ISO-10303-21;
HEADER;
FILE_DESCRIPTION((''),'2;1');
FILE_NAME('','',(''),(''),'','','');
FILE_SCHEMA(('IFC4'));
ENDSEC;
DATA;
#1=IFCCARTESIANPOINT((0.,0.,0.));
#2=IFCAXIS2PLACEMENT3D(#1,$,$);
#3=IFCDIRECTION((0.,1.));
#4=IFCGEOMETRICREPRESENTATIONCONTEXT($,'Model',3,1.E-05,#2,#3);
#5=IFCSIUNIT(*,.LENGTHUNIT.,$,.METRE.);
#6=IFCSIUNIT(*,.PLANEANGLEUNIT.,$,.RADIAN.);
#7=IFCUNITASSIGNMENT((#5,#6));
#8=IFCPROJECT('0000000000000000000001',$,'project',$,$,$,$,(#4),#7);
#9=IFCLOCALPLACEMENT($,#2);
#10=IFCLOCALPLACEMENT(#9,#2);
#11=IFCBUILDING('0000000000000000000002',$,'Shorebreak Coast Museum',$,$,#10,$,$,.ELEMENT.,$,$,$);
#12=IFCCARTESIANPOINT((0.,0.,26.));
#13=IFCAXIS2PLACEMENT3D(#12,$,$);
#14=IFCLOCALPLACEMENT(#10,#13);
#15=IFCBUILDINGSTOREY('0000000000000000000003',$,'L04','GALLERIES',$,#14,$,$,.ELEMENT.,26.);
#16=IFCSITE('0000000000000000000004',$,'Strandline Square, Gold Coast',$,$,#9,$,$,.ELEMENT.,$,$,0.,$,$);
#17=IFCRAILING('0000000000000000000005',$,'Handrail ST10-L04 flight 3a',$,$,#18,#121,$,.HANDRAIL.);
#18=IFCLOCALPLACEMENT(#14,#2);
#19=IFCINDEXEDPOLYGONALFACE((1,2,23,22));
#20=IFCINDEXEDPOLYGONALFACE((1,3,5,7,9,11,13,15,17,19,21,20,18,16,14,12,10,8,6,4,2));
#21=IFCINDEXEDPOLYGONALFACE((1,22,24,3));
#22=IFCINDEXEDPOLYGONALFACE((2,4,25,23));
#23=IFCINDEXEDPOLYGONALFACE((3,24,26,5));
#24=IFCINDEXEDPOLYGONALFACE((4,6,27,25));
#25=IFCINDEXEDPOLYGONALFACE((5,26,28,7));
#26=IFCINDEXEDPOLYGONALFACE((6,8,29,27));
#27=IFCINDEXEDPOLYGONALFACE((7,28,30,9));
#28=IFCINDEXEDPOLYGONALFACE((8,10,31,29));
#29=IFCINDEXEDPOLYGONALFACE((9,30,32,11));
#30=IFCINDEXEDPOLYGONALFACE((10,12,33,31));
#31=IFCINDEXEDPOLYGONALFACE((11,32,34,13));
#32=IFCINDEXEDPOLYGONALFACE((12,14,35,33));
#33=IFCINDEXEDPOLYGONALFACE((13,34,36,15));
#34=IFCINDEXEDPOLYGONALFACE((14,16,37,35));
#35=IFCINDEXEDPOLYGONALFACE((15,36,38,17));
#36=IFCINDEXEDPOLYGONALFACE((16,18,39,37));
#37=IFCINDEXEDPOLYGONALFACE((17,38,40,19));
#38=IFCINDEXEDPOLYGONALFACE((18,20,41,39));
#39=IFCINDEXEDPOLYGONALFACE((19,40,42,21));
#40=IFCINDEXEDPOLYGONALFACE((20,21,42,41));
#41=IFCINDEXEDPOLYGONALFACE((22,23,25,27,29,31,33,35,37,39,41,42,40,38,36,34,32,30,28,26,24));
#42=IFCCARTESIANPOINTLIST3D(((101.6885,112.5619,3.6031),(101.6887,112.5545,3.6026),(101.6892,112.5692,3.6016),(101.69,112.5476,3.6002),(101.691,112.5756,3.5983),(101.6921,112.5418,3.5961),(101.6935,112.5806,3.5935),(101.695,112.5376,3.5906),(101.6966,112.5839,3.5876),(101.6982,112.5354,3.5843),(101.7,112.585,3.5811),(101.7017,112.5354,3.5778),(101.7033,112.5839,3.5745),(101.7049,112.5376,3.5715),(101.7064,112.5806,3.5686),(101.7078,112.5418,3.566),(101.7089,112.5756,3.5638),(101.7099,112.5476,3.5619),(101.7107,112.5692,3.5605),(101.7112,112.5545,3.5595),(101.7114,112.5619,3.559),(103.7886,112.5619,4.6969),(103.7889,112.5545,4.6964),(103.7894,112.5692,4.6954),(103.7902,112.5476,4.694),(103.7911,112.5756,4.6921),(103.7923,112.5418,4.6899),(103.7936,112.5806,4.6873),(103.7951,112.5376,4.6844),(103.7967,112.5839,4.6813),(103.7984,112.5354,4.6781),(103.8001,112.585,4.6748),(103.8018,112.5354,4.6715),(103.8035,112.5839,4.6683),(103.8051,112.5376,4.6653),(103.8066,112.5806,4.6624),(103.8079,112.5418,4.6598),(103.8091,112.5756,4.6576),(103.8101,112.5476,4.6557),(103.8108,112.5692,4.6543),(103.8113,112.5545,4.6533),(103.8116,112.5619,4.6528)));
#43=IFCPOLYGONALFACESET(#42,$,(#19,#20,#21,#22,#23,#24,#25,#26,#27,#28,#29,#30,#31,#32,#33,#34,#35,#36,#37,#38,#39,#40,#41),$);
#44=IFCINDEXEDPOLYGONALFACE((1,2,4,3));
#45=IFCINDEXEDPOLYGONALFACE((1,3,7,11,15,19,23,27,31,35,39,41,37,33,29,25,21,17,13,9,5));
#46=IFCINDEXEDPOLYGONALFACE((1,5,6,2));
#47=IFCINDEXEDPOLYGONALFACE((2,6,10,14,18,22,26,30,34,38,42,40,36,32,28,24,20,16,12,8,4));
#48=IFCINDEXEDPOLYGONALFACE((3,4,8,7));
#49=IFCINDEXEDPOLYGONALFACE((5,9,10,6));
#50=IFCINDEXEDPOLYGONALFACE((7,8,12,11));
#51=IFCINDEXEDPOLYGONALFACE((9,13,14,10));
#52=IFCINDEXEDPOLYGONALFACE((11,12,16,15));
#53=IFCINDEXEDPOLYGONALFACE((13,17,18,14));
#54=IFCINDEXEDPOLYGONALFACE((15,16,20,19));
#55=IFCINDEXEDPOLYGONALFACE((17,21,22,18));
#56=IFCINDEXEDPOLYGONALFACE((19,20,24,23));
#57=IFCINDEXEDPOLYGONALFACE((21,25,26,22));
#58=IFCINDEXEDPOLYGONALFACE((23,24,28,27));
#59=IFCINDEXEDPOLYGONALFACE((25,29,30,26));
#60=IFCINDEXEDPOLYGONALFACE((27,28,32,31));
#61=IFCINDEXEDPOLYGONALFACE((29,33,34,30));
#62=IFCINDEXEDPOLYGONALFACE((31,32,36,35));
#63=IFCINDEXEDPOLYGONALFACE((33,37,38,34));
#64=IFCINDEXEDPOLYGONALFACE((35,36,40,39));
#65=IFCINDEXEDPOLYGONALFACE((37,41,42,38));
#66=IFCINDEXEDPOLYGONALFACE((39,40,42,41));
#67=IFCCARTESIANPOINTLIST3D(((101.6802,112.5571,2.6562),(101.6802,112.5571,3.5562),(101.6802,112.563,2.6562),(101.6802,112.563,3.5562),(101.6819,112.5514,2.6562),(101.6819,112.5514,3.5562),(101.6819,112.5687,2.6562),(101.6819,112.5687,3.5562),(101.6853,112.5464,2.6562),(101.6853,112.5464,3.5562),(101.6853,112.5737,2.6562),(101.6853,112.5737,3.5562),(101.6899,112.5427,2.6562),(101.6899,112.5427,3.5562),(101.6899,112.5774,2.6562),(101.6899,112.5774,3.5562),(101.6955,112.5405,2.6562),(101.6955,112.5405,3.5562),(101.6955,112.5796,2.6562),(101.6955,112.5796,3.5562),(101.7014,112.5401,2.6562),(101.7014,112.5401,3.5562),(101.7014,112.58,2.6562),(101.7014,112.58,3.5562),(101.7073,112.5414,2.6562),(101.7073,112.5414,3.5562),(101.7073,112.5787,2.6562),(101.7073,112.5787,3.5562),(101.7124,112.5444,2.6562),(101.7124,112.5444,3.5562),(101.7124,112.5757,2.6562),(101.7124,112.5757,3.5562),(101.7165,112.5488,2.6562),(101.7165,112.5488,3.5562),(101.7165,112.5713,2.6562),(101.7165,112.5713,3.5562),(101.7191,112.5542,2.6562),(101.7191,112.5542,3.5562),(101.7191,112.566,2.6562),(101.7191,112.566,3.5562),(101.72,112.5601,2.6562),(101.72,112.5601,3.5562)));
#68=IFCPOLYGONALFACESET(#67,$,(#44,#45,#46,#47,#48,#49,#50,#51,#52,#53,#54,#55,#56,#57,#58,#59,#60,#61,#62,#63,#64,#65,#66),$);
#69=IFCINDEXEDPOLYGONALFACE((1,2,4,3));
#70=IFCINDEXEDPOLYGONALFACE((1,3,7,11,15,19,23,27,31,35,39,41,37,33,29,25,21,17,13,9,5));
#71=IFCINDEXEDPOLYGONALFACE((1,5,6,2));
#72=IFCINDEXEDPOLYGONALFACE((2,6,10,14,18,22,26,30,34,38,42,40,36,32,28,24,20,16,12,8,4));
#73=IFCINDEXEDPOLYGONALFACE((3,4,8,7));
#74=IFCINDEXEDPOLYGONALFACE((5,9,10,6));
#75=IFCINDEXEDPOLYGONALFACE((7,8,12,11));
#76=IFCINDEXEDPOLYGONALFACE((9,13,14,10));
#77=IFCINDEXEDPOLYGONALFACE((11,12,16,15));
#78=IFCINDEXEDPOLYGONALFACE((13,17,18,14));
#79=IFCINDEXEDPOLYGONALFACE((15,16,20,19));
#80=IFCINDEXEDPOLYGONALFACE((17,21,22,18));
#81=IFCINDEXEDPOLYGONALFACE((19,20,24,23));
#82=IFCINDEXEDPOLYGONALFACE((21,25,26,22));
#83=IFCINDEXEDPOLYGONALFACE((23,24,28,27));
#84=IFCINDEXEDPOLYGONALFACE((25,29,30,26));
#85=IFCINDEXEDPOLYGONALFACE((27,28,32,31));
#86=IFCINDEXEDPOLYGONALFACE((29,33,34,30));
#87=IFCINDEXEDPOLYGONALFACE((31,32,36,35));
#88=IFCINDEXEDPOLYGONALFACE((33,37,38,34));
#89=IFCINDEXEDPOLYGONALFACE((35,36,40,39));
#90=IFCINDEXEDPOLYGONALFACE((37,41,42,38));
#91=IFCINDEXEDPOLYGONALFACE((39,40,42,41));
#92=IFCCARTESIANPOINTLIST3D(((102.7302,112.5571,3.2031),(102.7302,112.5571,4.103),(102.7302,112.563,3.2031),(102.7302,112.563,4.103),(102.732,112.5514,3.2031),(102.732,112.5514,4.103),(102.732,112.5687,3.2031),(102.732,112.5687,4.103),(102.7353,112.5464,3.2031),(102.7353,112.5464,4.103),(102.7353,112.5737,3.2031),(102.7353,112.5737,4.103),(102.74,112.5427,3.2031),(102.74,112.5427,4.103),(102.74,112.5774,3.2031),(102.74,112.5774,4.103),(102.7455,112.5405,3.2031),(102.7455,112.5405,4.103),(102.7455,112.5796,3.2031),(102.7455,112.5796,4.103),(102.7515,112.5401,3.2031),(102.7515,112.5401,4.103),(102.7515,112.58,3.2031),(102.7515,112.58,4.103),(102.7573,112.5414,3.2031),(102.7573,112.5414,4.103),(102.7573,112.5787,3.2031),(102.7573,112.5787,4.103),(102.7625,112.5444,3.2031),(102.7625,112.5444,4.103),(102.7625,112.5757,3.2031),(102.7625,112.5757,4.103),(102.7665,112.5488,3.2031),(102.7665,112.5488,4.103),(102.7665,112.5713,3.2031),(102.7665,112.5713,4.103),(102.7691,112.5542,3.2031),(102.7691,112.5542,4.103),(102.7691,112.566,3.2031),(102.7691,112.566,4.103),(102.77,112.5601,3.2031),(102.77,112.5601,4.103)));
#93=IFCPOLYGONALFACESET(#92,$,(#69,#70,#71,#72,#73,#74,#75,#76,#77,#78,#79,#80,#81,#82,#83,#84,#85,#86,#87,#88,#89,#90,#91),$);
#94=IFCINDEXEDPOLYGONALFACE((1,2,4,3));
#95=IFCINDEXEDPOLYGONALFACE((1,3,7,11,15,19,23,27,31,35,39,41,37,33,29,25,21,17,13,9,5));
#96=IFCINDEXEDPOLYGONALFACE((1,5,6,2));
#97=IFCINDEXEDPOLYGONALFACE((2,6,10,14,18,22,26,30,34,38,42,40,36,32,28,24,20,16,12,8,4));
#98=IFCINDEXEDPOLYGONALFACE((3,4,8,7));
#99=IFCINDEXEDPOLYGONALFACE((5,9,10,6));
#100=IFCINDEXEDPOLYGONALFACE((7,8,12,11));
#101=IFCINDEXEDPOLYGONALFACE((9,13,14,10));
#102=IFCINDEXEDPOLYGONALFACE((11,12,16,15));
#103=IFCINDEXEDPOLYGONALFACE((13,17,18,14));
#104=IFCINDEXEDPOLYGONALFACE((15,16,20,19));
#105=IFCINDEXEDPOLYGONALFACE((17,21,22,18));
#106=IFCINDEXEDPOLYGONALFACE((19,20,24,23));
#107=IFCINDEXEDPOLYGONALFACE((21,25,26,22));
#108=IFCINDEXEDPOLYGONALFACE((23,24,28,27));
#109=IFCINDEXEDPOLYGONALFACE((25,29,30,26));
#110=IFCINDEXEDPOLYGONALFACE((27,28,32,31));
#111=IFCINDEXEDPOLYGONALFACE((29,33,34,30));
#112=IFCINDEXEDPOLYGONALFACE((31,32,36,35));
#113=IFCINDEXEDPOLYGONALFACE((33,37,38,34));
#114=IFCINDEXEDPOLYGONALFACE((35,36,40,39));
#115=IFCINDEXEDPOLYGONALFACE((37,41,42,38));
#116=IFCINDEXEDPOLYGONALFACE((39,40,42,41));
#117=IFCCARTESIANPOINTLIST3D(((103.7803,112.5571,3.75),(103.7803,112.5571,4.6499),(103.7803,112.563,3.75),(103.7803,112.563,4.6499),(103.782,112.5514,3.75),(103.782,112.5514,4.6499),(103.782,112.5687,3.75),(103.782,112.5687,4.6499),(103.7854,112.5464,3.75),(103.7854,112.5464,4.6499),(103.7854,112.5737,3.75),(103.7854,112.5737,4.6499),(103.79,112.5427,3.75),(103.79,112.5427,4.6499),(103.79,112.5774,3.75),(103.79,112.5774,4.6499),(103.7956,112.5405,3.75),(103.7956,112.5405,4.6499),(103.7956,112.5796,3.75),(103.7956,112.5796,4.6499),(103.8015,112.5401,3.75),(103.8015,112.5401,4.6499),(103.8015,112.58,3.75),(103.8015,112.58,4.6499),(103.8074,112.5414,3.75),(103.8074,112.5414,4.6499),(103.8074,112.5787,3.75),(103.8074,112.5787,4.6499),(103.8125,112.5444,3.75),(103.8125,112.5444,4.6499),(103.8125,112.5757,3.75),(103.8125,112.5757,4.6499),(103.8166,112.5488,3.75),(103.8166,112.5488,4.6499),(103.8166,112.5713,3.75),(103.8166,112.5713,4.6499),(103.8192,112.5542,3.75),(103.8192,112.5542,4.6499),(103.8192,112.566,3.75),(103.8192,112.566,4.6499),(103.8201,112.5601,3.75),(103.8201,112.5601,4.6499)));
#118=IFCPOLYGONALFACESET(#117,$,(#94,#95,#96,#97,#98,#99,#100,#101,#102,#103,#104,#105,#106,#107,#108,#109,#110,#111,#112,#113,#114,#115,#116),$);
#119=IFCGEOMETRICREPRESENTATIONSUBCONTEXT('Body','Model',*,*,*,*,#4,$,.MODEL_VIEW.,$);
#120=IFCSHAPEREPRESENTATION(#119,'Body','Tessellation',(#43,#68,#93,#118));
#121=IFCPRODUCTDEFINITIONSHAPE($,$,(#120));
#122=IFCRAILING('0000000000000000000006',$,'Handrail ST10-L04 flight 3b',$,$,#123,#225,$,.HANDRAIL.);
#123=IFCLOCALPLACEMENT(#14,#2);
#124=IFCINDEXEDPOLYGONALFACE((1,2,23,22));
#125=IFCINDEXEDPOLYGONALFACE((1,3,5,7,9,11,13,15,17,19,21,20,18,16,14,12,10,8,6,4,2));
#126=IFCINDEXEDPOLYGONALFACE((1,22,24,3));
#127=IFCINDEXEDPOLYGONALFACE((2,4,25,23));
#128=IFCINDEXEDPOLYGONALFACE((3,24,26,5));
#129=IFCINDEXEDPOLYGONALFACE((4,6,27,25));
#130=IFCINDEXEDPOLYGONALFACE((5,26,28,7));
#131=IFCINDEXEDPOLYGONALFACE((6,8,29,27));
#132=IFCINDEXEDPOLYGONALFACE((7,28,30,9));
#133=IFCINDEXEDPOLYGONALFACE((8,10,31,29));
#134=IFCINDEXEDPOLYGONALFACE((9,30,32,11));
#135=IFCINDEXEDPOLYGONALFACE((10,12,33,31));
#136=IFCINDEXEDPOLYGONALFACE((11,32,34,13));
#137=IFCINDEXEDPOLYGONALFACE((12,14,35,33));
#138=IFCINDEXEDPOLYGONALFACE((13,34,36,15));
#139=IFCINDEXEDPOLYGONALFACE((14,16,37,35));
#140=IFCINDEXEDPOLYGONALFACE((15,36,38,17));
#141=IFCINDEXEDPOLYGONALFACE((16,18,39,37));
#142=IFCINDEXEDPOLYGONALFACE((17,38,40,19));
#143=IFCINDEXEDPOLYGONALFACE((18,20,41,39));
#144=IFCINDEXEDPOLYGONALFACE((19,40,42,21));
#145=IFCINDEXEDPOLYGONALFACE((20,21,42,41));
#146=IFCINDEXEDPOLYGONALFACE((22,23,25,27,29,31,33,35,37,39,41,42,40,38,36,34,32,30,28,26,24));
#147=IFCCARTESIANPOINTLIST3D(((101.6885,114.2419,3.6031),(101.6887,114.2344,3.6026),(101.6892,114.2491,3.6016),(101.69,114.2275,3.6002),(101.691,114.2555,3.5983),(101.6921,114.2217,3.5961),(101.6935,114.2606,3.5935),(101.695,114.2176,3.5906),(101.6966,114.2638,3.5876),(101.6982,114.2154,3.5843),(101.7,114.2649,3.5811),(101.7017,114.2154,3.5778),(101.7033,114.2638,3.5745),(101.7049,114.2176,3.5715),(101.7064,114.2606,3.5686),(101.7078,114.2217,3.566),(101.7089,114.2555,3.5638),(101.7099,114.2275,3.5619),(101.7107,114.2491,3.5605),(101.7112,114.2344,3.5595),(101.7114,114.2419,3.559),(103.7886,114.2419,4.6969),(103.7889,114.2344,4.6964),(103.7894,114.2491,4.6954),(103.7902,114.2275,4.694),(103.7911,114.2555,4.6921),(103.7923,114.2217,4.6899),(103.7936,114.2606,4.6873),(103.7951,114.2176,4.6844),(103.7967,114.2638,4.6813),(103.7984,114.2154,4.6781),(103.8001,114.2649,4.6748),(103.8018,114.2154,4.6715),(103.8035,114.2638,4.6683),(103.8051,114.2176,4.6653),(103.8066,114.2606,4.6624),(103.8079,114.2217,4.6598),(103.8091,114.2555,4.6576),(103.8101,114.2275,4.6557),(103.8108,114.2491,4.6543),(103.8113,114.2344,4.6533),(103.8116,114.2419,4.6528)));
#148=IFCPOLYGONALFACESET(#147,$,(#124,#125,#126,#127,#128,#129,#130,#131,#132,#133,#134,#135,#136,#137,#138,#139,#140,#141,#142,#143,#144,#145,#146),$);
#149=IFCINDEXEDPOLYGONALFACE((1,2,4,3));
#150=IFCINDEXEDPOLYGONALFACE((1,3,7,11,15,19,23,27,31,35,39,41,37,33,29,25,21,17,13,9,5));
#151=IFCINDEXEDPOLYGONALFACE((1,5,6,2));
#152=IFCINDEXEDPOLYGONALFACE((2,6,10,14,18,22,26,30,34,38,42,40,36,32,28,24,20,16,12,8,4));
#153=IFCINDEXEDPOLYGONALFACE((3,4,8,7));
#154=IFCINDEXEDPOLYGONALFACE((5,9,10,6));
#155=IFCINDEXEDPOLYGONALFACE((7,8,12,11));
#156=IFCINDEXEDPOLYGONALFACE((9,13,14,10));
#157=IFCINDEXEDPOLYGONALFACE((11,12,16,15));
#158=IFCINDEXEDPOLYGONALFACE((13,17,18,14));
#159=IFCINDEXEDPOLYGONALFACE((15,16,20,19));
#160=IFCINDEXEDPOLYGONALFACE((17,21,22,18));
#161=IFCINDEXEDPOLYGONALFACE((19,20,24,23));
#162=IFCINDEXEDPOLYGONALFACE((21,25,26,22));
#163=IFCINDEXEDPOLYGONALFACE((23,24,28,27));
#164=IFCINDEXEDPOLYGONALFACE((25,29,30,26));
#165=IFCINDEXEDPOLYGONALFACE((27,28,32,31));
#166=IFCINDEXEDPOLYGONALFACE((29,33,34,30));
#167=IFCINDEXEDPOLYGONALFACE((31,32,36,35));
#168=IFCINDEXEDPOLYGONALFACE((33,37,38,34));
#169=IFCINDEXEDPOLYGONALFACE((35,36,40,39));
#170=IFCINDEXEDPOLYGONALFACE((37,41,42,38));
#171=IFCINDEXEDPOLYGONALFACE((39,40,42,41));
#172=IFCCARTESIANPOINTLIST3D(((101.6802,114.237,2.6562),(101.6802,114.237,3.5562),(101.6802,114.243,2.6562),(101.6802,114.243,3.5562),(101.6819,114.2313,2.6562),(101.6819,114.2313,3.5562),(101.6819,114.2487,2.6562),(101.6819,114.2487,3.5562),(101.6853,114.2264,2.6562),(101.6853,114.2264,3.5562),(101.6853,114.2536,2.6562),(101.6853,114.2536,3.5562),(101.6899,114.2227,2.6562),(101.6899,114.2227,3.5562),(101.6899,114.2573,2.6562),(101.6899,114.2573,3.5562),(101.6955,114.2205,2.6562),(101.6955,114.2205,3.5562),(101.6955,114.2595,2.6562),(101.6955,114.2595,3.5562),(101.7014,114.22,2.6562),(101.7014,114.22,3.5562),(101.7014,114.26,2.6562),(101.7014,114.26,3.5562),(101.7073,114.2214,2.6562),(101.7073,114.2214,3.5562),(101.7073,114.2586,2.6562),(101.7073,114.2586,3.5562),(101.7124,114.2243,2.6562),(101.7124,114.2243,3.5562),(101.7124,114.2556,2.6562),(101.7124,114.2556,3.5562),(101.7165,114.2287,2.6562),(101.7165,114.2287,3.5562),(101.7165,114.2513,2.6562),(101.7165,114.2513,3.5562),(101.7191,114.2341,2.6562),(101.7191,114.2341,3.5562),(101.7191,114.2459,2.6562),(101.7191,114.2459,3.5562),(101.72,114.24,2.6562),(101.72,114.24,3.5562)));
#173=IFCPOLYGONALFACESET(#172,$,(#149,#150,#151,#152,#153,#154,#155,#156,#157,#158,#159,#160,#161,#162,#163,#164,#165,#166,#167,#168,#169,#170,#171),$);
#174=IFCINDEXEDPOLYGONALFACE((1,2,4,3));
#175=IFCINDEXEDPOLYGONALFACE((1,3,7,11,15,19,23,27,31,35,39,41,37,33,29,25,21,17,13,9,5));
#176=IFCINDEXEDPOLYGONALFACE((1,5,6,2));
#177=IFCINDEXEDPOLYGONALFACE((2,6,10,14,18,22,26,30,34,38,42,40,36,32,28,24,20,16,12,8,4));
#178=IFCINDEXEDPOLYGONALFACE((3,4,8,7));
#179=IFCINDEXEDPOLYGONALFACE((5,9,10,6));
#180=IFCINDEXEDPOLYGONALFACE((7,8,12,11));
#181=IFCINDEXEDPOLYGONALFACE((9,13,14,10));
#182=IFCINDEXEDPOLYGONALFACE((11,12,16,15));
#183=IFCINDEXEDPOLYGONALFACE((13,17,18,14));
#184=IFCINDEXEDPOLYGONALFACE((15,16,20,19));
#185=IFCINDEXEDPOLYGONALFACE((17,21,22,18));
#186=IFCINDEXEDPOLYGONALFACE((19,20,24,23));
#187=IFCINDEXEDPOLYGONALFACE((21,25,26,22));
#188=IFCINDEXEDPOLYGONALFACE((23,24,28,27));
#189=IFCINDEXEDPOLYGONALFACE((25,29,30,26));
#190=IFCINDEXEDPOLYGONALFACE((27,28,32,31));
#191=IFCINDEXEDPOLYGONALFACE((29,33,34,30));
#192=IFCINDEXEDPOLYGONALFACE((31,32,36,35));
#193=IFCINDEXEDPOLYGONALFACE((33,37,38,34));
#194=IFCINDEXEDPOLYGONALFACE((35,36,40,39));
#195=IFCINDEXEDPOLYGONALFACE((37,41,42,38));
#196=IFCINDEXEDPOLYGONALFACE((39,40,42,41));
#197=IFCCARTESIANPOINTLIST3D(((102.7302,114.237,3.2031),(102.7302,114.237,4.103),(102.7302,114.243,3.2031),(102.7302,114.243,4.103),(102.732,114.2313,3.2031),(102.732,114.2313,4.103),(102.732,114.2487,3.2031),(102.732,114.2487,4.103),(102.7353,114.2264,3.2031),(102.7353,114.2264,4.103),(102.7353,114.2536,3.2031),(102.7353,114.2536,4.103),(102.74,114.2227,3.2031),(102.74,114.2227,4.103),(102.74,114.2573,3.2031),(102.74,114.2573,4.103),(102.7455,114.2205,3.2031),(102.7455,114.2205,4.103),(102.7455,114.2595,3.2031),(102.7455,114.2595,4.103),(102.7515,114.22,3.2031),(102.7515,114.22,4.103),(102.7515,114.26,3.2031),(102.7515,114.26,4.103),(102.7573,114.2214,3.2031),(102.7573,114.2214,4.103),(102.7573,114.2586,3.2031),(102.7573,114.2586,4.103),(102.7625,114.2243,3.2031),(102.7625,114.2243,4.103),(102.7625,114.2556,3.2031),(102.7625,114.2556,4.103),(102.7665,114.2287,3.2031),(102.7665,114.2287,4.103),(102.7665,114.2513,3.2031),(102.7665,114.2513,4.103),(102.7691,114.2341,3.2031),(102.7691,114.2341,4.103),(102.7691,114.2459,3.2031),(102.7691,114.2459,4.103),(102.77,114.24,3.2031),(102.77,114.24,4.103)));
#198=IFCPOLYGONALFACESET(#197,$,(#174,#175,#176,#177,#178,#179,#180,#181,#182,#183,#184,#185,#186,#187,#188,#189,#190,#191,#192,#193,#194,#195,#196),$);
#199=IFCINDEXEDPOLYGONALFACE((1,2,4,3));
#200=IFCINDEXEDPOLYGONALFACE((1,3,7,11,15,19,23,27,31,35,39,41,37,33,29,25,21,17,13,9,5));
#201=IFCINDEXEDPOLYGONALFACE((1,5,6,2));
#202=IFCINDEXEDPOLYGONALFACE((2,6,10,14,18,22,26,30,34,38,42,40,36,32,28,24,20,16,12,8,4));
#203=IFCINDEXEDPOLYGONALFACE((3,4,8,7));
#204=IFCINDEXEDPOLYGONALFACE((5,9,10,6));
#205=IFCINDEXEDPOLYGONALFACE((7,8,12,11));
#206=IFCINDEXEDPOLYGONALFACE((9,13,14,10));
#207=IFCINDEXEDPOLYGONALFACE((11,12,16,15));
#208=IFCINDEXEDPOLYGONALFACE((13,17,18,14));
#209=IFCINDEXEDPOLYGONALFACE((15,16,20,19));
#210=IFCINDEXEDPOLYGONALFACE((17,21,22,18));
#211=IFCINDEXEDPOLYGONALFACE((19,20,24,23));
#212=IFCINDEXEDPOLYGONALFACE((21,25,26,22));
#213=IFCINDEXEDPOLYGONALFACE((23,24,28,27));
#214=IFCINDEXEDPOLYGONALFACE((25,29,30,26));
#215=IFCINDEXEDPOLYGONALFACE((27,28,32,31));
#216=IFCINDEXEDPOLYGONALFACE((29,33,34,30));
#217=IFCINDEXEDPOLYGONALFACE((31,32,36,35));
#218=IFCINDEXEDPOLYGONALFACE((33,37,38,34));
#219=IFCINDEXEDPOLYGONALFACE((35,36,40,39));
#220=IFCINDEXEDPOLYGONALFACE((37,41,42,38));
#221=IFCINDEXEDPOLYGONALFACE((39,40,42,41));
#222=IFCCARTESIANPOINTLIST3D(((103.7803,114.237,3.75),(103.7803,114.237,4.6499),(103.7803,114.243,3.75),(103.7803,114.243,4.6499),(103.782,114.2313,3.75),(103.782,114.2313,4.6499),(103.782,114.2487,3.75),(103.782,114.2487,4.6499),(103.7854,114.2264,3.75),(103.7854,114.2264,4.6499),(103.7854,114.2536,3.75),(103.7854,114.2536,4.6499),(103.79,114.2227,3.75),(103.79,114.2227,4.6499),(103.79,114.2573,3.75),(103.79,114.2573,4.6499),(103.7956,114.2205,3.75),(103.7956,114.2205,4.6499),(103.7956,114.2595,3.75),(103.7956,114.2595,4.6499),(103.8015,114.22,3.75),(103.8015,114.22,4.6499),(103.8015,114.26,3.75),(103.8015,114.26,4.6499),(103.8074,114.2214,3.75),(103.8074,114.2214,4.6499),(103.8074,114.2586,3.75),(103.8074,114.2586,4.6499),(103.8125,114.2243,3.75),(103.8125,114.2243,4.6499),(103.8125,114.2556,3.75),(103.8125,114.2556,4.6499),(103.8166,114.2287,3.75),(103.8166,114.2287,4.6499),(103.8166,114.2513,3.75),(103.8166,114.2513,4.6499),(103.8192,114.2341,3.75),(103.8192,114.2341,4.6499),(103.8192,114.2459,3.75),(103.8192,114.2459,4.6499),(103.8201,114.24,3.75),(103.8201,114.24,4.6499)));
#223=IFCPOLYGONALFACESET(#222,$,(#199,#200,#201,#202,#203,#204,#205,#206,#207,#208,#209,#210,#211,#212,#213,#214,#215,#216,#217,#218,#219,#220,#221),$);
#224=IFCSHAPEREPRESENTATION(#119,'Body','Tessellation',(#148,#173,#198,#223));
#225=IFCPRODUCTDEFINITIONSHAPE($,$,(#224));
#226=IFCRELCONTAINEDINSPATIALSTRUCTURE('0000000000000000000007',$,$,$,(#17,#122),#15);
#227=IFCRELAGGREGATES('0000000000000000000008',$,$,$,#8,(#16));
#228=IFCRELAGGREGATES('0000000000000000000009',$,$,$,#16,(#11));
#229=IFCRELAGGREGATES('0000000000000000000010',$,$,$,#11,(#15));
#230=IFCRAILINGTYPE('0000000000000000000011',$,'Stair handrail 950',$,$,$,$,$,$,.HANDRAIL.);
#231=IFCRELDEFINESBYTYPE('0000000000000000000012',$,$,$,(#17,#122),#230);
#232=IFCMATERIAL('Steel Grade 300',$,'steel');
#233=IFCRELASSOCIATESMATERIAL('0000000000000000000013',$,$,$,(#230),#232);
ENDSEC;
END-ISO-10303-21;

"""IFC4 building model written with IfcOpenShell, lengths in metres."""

from ifc_helpers import new_model, si_unit, direction, frame, origin, origin_2d, place, context, subcontext, project, spatial, circle, extrude, material, type_object, element, save


model = new_model("IFC4")

# Units and contexts
model_context = context("Model", 3, precision=1e-05, world=origin(), true_north=direction((0.0, 1.0)))
body_context = subcontext(model_context, "Body", "Model", "MODEL_VIEW")
ifc_project = project(units=[si_unit("LENGTHUNIT", "METRE"), si_unit("PLANEANGLEUNIT", "RADIAN")], contexts=[model_context])

# Site, building, storey
site_placement = place(None, origin())
site = spatial("IfcSite", under=ifc_project, at=site_placement, Name="Strandline Square, Gold Coast", CompositionType="ELEMENT", RefElevation=0.0)
building_placement = place(site_placement, origin())
building = spatial("IfcBuilding", under=site, at=building_placement, Name="Shorebreak Coast Museum", CompositionType="ELEMENT")
storey_placement = place(building_placement, frame((0.0, 0.0, 26.0)))
storey = spatial("IfcBuildingStorey", under=building, at=storey_placement, Name="L04", Description="GALLERIES", CompositionType="ELEMENT", Elevation=26.0)

# Railings
ifc_material_1 = material(Name="Steel Grade 300", Category="steel")
railing_type_1 = type_object("IfcRailingType", Name="Stair handrail 950", PredefinedType="HANDRAIL", material=ifc_material_1)
for number, where, name in (
    (1, (101.7, 112.5601, 2.6562), "Handrail ST10-L04 flight 3a"),
    (2, (101.7, 114.24, 2.6562), "Handrail ST10-L04 flight 3b"),
):
    element("IfcRailing", number, at=place(storey_placement, frame(where)), inside=storey, type_object=railing_type_1, Name=name, PredefinedType="HANDRAIL", context=body_context, shape_type="SweptSolid", body=[
        extrude(circle(Radius=0.0249, at=origin_2d()), frame((0.0, 0.0, 0.9248), z_axis=(0.886923, 0.0, 0.461918), x_axis=(0.0, 1.0, 0.0)), (0.0, 0.0, 1.0), 2.3679),
        extrude(circle(Radius=0.02, at=origin_2d()), origin(), (0.0, 0.0, 1.0), 0.8999),
        extrude(circle(Radius=0.02, at=origin_2d()), frame((1.05, 0.0, 0.5469)), (0.0, 0.0, 1.0), 0.8999),
        extrude(circle(Radius=0.02, at=origin_2d()), frame((2.1001, 0.0, 1.0938)), (0.0, 0.0, 1.0), 0.8999),
    ])

save(model, "model.ifc")
